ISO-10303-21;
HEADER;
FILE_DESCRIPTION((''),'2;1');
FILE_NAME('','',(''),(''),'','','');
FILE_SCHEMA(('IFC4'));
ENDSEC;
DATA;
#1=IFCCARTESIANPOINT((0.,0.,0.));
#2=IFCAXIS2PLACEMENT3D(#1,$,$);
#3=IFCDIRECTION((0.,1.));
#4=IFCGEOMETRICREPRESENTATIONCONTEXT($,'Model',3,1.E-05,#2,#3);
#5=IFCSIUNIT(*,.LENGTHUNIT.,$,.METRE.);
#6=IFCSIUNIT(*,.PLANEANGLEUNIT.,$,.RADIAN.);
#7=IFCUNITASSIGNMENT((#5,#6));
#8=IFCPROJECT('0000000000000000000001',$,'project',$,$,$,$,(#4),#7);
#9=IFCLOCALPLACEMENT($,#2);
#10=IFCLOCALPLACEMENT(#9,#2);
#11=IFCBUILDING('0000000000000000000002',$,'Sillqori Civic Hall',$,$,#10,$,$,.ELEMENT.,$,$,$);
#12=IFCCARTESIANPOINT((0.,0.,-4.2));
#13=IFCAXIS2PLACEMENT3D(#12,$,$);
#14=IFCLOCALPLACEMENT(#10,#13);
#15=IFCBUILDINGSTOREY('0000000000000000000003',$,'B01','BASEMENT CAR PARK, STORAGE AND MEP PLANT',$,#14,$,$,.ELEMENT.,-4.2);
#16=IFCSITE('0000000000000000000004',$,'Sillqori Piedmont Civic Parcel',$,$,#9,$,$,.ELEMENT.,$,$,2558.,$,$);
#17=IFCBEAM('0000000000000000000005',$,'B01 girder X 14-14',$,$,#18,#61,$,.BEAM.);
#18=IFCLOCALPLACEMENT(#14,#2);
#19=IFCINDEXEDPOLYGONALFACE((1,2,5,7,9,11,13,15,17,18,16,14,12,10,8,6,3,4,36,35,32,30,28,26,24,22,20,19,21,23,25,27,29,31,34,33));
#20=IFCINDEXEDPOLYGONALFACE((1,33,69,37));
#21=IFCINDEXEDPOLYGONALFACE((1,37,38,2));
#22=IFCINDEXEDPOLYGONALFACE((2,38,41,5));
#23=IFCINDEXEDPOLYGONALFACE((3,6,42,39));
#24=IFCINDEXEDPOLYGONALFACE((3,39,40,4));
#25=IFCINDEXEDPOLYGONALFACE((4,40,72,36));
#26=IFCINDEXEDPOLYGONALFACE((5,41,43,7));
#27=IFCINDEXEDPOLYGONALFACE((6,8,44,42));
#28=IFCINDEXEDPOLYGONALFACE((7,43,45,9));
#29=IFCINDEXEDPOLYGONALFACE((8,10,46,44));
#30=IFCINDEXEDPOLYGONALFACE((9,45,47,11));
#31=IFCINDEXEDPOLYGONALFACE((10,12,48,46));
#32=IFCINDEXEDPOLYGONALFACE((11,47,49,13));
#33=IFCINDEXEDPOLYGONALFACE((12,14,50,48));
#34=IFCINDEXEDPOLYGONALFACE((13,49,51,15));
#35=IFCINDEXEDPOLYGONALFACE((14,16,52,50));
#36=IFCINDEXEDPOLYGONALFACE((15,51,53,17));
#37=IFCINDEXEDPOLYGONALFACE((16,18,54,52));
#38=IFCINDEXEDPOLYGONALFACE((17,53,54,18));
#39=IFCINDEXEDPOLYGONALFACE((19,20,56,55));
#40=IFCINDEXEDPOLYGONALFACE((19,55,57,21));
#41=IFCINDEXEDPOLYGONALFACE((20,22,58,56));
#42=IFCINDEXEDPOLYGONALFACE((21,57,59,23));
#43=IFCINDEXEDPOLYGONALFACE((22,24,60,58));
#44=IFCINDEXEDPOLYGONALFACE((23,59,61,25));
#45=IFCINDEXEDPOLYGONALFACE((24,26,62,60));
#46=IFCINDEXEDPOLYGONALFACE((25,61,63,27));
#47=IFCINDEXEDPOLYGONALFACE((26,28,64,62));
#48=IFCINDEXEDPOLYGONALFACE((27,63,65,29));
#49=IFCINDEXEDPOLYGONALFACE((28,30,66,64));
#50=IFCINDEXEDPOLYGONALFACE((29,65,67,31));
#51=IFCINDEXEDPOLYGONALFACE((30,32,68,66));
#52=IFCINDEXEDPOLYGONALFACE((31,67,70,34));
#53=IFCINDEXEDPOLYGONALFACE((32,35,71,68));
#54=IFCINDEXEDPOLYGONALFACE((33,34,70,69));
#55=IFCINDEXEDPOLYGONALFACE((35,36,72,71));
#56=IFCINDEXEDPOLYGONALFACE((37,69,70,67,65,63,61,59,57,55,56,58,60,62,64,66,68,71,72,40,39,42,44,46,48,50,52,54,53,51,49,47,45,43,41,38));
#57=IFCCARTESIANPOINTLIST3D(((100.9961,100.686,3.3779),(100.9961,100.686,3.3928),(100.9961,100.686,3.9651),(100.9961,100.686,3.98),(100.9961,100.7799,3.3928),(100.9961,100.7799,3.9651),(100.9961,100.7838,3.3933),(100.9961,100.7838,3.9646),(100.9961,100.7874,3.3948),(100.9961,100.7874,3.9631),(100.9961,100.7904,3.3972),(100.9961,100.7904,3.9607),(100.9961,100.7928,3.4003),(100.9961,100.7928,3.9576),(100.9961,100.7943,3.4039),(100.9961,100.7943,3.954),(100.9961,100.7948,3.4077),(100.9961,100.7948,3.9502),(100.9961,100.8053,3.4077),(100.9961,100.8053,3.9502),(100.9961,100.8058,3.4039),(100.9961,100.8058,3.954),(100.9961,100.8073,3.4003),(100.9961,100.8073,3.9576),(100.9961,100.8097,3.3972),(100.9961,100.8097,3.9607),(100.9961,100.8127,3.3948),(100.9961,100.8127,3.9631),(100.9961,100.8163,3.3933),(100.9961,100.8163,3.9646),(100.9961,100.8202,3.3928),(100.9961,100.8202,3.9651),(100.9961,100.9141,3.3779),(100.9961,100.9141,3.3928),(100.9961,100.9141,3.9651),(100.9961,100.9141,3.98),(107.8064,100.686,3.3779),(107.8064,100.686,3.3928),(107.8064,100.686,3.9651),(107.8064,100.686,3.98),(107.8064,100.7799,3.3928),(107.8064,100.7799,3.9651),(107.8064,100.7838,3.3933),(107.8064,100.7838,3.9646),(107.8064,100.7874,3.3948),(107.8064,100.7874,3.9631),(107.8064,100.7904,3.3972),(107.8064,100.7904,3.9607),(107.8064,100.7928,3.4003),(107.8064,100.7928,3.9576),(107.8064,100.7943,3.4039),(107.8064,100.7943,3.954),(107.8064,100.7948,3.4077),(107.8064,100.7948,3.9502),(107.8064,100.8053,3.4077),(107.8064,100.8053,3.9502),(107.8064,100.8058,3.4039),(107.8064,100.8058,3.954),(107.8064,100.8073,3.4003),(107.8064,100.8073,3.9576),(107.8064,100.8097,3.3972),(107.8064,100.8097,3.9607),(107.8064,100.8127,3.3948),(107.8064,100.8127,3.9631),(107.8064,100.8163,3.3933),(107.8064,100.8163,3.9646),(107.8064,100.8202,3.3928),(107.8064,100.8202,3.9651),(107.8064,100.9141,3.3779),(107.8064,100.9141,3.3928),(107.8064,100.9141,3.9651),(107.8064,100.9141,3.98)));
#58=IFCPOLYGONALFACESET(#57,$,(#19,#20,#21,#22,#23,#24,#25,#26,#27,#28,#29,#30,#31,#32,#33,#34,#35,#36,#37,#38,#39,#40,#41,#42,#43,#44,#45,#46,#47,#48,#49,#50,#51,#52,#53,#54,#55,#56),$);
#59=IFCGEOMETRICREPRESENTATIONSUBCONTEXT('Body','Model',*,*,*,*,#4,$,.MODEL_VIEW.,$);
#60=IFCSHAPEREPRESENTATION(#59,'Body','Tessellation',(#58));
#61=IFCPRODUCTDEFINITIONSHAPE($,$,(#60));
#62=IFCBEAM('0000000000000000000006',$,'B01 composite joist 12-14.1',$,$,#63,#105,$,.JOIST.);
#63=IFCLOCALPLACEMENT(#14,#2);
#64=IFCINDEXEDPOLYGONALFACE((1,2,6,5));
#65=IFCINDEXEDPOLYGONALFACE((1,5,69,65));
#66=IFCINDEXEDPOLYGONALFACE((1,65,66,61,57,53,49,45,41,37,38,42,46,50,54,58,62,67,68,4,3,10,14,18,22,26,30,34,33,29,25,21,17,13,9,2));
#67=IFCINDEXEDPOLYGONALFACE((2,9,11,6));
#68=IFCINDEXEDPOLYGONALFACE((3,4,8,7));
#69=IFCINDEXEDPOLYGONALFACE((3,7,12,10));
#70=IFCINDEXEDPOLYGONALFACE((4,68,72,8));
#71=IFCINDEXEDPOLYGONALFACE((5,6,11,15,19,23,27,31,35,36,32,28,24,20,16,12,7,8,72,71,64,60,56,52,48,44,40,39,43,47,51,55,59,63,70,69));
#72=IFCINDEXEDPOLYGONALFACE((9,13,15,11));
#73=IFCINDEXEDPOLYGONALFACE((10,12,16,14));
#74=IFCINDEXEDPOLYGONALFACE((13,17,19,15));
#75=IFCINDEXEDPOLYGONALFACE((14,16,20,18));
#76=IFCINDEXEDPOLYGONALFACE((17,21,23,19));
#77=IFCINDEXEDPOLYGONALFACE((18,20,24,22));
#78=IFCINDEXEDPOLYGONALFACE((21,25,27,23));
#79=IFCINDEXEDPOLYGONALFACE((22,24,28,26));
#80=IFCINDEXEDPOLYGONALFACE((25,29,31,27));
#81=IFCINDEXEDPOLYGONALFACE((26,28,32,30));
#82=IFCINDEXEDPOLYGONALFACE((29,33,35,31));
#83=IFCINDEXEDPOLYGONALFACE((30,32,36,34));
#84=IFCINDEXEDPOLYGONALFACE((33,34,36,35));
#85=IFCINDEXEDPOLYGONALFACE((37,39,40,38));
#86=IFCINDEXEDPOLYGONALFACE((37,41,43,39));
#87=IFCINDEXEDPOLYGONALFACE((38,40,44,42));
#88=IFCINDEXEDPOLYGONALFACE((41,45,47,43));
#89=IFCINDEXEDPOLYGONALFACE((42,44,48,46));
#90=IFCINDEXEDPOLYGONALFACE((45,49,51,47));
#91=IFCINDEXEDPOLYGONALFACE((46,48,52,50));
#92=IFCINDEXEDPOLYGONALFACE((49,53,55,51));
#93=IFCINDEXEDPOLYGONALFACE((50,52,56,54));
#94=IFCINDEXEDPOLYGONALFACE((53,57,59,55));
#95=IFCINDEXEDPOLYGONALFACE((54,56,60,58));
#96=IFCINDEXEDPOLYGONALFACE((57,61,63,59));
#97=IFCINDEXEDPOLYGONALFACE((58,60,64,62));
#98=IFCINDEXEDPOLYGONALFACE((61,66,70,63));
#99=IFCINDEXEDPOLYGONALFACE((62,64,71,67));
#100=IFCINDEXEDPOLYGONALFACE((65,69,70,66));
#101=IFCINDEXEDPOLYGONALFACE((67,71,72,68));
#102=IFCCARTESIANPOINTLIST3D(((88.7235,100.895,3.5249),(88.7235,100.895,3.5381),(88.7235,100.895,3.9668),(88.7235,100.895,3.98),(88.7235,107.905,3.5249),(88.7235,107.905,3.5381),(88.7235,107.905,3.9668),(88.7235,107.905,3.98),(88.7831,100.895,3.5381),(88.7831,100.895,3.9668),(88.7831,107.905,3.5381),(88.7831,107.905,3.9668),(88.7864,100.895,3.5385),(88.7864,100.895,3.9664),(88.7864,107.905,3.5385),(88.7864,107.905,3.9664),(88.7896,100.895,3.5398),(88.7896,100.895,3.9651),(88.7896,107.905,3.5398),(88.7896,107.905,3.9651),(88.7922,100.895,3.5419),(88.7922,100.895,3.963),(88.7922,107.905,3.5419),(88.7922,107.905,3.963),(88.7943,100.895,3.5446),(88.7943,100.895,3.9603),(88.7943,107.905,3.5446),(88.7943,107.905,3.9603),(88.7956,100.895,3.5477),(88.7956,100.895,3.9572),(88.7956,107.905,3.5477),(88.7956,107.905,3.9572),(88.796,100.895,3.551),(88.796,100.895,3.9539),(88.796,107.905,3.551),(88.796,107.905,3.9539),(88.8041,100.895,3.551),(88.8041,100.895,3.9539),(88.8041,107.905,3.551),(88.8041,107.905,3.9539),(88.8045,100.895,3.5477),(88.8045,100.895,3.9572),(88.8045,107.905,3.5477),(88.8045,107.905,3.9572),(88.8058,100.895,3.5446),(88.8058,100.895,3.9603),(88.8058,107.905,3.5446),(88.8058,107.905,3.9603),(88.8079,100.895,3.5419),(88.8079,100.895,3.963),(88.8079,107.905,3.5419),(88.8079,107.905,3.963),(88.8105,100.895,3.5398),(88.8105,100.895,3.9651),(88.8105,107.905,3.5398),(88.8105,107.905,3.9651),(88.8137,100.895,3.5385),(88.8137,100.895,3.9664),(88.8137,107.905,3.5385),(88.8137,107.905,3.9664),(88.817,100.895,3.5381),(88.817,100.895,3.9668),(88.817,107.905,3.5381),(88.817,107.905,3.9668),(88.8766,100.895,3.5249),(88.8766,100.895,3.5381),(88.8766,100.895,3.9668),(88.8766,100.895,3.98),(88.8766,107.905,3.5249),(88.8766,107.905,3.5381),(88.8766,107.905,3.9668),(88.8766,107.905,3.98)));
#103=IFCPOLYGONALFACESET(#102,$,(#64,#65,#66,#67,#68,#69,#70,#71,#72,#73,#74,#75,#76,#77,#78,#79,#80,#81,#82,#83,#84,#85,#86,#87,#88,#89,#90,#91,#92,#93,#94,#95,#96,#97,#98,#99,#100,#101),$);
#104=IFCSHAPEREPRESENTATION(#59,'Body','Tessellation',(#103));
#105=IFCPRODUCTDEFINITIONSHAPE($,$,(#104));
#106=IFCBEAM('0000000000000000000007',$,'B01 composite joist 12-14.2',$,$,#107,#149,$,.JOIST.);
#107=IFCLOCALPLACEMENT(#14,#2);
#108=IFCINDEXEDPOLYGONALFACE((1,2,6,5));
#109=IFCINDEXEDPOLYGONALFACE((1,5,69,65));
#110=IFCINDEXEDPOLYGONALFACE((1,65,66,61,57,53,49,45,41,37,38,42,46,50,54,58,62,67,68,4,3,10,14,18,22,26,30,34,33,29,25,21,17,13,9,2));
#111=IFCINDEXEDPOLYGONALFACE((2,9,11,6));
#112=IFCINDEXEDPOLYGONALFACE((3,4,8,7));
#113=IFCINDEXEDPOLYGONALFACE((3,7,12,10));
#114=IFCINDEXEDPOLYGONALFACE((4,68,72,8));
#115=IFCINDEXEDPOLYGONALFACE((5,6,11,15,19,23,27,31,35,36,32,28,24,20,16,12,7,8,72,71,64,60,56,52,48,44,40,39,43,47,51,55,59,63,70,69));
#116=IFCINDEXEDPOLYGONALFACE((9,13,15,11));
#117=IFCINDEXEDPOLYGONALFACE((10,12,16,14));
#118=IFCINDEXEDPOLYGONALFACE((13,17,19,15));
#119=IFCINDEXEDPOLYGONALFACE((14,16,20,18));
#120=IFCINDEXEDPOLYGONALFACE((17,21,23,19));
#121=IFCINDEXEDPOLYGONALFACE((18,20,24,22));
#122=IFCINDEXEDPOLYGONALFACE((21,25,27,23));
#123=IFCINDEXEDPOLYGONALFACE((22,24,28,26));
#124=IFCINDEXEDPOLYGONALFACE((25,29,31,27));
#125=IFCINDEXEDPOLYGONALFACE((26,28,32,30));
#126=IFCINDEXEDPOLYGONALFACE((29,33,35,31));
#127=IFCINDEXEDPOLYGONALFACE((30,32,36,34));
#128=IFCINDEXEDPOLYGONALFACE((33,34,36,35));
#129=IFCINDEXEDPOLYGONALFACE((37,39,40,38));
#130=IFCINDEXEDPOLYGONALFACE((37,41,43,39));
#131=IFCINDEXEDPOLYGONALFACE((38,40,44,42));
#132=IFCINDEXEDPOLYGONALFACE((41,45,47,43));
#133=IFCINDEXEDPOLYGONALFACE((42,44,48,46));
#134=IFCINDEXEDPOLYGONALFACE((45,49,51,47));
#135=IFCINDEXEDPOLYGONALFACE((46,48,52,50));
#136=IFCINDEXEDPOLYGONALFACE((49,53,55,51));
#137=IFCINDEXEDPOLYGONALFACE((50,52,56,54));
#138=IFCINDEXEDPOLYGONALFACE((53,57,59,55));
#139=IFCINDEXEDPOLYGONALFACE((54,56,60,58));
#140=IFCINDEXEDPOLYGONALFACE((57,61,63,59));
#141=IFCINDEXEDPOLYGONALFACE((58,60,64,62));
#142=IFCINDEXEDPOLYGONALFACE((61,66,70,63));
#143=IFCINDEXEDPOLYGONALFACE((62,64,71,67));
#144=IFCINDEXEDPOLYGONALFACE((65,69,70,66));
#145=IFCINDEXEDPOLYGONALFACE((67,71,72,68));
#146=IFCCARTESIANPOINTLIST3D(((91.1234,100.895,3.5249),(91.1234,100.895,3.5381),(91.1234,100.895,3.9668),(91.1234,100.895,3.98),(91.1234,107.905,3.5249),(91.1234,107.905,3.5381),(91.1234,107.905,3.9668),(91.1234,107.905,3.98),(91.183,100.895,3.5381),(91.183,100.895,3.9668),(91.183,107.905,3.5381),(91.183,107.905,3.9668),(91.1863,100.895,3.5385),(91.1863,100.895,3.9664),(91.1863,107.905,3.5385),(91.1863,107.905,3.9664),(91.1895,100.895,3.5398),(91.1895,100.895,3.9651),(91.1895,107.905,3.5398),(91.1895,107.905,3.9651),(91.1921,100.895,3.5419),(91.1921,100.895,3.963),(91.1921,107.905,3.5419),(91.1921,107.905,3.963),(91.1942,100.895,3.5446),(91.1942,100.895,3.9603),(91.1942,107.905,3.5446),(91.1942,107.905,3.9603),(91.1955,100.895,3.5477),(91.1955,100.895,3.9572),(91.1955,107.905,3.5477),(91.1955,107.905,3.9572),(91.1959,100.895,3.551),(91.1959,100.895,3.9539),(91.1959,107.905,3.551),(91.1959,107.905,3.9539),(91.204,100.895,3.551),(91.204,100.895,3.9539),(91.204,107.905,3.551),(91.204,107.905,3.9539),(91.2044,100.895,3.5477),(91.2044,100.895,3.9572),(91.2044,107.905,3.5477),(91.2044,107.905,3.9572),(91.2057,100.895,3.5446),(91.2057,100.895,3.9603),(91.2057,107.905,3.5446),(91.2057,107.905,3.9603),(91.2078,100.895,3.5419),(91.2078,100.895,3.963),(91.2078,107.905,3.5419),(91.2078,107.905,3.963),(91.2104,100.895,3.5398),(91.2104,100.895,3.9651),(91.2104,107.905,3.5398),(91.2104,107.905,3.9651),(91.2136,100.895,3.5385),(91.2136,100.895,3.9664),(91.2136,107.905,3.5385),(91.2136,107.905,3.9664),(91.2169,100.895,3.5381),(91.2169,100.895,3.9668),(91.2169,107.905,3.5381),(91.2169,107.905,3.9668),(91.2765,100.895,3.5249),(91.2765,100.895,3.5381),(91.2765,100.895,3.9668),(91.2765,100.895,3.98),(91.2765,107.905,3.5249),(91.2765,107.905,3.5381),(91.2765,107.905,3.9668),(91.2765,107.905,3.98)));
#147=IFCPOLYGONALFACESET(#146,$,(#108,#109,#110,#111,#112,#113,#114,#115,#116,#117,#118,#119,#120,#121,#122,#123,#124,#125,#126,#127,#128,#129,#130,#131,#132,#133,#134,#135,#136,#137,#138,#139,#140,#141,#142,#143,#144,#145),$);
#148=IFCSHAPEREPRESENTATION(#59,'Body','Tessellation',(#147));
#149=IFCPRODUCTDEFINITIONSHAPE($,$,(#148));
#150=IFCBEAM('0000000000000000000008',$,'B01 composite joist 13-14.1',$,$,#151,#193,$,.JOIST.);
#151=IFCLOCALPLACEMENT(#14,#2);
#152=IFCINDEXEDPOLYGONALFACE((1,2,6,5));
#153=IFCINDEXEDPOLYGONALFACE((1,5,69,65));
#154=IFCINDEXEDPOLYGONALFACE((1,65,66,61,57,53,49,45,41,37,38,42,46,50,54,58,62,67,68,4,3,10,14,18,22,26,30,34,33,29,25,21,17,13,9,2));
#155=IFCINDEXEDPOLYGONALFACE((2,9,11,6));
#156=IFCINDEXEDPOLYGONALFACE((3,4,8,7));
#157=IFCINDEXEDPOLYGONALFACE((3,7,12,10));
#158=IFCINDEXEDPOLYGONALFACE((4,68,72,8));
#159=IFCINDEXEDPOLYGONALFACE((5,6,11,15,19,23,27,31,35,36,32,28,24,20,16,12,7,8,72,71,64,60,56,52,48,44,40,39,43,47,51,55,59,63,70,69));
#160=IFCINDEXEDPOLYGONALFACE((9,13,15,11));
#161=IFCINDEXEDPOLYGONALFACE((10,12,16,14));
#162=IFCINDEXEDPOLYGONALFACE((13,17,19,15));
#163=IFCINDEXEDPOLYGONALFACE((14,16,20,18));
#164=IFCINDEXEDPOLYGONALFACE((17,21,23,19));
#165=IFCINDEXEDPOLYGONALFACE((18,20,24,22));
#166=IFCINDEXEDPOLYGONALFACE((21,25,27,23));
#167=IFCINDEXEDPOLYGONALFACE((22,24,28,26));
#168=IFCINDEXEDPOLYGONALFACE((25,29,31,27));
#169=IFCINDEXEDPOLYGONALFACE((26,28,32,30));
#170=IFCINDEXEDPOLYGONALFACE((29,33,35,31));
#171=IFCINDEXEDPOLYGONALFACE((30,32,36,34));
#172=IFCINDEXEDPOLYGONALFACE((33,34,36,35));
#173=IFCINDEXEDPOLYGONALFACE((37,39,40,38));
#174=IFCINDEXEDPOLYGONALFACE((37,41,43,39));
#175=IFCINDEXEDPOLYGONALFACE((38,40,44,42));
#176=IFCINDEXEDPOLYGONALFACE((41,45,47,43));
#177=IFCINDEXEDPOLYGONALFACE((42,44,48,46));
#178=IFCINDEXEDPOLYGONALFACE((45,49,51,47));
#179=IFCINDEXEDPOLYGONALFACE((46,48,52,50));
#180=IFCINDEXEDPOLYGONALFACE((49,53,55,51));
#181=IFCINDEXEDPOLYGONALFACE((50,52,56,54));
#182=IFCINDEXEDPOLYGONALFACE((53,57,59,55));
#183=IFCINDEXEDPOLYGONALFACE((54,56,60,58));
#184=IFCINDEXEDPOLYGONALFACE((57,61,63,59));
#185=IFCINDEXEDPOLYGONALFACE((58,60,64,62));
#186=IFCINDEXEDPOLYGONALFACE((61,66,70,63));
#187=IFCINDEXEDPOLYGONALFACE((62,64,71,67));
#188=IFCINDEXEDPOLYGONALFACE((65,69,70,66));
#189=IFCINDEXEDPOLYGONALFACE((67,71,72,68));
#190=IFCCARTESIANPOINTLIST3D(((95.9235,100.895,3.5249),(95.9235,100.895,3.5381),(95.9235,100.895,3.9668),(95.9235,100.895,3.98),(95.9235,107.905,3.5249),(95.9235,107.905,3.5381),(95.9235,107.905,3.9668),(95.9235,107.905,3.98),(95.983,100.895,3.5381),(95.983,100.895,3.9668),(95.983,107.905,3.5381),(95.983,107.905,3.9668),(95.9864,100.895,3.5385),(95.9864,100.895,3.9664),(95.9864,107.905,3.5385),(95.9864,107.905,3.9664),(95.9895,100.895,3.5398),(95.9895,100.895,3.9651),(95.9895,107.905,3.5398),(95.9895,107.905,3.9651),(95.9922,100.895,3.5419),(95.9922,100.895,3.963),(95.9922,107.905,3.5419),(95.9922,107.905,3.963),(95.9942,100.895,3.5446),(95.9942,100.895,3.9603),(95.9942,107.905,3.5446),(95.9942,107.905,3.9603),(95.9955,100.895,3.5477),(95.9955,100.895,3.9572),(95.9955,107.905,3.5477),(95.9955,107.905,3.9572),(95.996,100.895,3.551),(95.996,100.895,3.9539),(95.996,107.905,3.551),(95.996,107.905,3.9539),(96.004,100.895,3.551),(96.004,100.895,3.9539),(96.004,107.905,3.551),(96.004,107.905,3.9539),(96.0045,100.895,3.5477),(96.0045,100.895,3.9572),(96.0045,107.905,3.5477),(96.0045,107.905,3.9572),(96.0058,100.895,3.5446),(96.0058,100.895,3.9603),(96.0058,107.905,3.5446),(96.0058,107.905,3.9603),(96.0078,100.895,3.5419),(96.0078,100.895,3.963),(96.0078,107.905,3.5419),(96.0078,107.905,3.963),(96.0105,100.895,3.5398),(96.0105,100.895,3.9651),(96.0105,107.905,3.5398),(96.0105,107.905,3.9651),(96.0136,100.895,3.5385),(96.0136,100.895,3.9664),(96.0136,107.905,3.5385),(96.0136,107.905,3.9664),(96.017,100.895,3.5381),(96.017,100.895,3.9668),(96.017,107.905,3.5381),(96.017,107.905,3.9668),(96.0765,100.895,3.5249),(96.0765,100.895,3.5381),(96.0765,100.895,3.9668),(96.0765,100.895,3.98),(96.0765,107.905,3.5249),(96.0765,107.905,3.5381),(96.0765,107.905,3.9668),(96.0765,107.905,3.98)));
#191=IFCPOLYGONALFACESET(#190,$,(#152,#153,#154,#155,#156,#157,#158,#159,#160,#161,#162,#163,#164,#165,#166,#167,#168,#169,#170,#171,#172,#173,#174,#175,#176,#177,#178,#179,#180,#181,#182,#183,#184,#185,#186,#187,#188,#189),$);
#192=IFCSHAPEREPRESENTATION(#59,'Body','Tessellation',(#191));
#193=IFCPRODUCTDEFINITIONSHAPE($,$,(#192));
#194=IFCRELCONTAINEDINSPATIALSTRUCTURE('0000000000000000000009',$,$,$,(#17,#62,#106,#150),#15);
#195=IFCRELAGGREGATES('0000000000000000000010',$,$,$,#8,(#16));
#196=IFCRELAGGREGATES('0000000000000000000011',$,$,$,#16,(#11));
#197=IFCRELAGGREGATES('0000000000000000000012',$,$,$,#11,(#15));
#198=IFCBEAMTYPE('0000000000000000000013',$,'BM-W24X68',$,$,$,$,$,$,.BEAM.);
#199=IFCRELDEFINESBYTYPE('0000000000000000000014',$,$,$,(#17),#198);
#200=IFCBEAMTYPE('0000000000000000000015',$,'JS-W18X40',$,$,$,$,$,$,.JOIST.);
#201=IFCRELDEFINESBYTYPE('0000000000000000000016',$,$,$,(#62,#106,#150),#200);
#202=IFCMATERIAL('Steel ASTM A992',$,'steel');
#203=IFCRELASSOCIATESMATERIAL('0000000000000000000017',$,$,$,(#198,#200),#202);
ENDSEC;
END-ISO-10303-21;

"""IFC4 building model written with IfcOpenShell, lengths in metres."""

from ifc_helpers import new_model, si_unit, direction, frame, origin, origin_2d, place, context, subcontext, project, spatial, i_section, extrude, material, material_profile, profile_set, type_object, element, save


model = new_model("IFC4")

# Units and contexts
model_context = context("Model", 3, precision=1e-05, world=origin(), true_north=direction((0.0, 1.0)))
body_context = subcontext(model_context, "Body", "Model", "MODEL_VIEW")
ifc_project = project(units=[si_unit("LENGTHUNIT", "METRE"), si_unit("PLANEANGLEUNIT", "RADIAN")], contexts=[model_context])

# Site, building, storey
site_placement = place(None, origin())
site = spatial("IfcSite", under=ifc_project, at=site_placement, Name="Sillqori Piedmont Civic Parcel", CompositionType="ELEMENT", RefElevation=2558.0)
building_placement = place(site_placement, origin())
building = spatial("IfcBuilding", under=site, at=building_placement, Name="Sillqori Civic Hall", CompositionType="ELEMENT")
storey_placement = place(building_placement, frame((0.0, 0.0, -4.2)))
storey = spatial("IfcBuildingStorey", under=building, at=storey_placement, Name="B01", Description="BASEMENT CAR PARK, STORAGE AND MEP PLANT", CompositionType="ELEMENT", Elevation=-4.2)

# Shared definitions
ifc_material_1 = material(Name="Steel ASTM A992", Category="steel")

# Beams
ifc_material_profile_1 = material_profile(ifc_material_1, i_section(OverallWidth=0.228, OverallDepth=0.6021, WebThickness=0.0105, FlangeThickness=0.0149, FilletRadius=0.0149, at=origin_2d()), Name="W24X68")
ifc_profile_set_1 = profile_set([ifc_material_profile_1], Name="Steel ASTM A992")
beam_type_1 = type_object("IfcBeamType", Name="BM-W24X68", PredefinedType="BEAM", material=ifc_profile_set_1)
beam_placement = place(storey_placement, frame((100.9961, 100.8, 3.679), z_axis=(1.0, 0.0, 0.0), x_axis=(0.0, 1.0, 0.0)))
element("IfcBeam", 1, at=beam_placement, inside=storey, type_object=beam_type_1, Name="B01 girder X 14-14", PredefinedType="BEAM", context=body_context, shape_type="SweptSolid", body=[
    extrude(i_section(OverallWidth=0.228, OverallDepth=0.6021, WebThickness=0.0105, FlangeThickness=0.0149, FilletRadius=0.0149, at=origin_2d()), origin(), (0.0, 0.0, 1.0), 6.8103),
])
ifc_material_profile_2 = material_profile(ifc_material_1, i_section(OverallWidth=0.1531, OverallDepth=0.4551, WebThickness=0.0081, FlangeThickness=0.0132, FilletRadius=0.0129, at=origin_2d()), Name="W18X40")
ifc_profile_set_2 = profile_set([ifc_material_profile_2], Name="Steel ASTM A992")
beam_type_2 = type_object("IfcBeamType", Name="JS-W18X40", PredefinedType="JOIST", material=ifc_profile_set_2)
for number, where, z_axis, x_axis, name in (
    (2, (88.8, 100.895, 3.7524), (0.0, 1.0, 0.0), (-1.0, 0.0, 0.0), "B01 composite joist 12-14.1"),
    (3, (91.2, 100.895, 3.7524), (0.0, 1.0, 0.0), (-1.0, 0.0, 0.0), "B01 composite joist 12-14.2"),
    (4, (96.0, 100.895, 3.7524), (0.0, 1.0, 0.0), (-1.0, 0.0, 0.0), "B01 composite joist 13-14.1"),
):
    element("IfcBeam", number, at=place(storey_placement, frame(where, z_axis=z_axis, x_axis=x_axis)), inside=storey, type_object=beam_type_2, Name=name, PredefinedType="JOIST", context=body_context, shape_type="SweptSolid", body=[
        extrude(i_section(OverallWidth=0.1531, OverallDepth=0.4551, WebThickness=0.0081, FlangeThickness=0.0132, FilletRadius=0.0129, at=origin_2d()), origin(), (0.0, 0.0, 1.0), 7.01),
    ])

save(model, "model.ifc")
